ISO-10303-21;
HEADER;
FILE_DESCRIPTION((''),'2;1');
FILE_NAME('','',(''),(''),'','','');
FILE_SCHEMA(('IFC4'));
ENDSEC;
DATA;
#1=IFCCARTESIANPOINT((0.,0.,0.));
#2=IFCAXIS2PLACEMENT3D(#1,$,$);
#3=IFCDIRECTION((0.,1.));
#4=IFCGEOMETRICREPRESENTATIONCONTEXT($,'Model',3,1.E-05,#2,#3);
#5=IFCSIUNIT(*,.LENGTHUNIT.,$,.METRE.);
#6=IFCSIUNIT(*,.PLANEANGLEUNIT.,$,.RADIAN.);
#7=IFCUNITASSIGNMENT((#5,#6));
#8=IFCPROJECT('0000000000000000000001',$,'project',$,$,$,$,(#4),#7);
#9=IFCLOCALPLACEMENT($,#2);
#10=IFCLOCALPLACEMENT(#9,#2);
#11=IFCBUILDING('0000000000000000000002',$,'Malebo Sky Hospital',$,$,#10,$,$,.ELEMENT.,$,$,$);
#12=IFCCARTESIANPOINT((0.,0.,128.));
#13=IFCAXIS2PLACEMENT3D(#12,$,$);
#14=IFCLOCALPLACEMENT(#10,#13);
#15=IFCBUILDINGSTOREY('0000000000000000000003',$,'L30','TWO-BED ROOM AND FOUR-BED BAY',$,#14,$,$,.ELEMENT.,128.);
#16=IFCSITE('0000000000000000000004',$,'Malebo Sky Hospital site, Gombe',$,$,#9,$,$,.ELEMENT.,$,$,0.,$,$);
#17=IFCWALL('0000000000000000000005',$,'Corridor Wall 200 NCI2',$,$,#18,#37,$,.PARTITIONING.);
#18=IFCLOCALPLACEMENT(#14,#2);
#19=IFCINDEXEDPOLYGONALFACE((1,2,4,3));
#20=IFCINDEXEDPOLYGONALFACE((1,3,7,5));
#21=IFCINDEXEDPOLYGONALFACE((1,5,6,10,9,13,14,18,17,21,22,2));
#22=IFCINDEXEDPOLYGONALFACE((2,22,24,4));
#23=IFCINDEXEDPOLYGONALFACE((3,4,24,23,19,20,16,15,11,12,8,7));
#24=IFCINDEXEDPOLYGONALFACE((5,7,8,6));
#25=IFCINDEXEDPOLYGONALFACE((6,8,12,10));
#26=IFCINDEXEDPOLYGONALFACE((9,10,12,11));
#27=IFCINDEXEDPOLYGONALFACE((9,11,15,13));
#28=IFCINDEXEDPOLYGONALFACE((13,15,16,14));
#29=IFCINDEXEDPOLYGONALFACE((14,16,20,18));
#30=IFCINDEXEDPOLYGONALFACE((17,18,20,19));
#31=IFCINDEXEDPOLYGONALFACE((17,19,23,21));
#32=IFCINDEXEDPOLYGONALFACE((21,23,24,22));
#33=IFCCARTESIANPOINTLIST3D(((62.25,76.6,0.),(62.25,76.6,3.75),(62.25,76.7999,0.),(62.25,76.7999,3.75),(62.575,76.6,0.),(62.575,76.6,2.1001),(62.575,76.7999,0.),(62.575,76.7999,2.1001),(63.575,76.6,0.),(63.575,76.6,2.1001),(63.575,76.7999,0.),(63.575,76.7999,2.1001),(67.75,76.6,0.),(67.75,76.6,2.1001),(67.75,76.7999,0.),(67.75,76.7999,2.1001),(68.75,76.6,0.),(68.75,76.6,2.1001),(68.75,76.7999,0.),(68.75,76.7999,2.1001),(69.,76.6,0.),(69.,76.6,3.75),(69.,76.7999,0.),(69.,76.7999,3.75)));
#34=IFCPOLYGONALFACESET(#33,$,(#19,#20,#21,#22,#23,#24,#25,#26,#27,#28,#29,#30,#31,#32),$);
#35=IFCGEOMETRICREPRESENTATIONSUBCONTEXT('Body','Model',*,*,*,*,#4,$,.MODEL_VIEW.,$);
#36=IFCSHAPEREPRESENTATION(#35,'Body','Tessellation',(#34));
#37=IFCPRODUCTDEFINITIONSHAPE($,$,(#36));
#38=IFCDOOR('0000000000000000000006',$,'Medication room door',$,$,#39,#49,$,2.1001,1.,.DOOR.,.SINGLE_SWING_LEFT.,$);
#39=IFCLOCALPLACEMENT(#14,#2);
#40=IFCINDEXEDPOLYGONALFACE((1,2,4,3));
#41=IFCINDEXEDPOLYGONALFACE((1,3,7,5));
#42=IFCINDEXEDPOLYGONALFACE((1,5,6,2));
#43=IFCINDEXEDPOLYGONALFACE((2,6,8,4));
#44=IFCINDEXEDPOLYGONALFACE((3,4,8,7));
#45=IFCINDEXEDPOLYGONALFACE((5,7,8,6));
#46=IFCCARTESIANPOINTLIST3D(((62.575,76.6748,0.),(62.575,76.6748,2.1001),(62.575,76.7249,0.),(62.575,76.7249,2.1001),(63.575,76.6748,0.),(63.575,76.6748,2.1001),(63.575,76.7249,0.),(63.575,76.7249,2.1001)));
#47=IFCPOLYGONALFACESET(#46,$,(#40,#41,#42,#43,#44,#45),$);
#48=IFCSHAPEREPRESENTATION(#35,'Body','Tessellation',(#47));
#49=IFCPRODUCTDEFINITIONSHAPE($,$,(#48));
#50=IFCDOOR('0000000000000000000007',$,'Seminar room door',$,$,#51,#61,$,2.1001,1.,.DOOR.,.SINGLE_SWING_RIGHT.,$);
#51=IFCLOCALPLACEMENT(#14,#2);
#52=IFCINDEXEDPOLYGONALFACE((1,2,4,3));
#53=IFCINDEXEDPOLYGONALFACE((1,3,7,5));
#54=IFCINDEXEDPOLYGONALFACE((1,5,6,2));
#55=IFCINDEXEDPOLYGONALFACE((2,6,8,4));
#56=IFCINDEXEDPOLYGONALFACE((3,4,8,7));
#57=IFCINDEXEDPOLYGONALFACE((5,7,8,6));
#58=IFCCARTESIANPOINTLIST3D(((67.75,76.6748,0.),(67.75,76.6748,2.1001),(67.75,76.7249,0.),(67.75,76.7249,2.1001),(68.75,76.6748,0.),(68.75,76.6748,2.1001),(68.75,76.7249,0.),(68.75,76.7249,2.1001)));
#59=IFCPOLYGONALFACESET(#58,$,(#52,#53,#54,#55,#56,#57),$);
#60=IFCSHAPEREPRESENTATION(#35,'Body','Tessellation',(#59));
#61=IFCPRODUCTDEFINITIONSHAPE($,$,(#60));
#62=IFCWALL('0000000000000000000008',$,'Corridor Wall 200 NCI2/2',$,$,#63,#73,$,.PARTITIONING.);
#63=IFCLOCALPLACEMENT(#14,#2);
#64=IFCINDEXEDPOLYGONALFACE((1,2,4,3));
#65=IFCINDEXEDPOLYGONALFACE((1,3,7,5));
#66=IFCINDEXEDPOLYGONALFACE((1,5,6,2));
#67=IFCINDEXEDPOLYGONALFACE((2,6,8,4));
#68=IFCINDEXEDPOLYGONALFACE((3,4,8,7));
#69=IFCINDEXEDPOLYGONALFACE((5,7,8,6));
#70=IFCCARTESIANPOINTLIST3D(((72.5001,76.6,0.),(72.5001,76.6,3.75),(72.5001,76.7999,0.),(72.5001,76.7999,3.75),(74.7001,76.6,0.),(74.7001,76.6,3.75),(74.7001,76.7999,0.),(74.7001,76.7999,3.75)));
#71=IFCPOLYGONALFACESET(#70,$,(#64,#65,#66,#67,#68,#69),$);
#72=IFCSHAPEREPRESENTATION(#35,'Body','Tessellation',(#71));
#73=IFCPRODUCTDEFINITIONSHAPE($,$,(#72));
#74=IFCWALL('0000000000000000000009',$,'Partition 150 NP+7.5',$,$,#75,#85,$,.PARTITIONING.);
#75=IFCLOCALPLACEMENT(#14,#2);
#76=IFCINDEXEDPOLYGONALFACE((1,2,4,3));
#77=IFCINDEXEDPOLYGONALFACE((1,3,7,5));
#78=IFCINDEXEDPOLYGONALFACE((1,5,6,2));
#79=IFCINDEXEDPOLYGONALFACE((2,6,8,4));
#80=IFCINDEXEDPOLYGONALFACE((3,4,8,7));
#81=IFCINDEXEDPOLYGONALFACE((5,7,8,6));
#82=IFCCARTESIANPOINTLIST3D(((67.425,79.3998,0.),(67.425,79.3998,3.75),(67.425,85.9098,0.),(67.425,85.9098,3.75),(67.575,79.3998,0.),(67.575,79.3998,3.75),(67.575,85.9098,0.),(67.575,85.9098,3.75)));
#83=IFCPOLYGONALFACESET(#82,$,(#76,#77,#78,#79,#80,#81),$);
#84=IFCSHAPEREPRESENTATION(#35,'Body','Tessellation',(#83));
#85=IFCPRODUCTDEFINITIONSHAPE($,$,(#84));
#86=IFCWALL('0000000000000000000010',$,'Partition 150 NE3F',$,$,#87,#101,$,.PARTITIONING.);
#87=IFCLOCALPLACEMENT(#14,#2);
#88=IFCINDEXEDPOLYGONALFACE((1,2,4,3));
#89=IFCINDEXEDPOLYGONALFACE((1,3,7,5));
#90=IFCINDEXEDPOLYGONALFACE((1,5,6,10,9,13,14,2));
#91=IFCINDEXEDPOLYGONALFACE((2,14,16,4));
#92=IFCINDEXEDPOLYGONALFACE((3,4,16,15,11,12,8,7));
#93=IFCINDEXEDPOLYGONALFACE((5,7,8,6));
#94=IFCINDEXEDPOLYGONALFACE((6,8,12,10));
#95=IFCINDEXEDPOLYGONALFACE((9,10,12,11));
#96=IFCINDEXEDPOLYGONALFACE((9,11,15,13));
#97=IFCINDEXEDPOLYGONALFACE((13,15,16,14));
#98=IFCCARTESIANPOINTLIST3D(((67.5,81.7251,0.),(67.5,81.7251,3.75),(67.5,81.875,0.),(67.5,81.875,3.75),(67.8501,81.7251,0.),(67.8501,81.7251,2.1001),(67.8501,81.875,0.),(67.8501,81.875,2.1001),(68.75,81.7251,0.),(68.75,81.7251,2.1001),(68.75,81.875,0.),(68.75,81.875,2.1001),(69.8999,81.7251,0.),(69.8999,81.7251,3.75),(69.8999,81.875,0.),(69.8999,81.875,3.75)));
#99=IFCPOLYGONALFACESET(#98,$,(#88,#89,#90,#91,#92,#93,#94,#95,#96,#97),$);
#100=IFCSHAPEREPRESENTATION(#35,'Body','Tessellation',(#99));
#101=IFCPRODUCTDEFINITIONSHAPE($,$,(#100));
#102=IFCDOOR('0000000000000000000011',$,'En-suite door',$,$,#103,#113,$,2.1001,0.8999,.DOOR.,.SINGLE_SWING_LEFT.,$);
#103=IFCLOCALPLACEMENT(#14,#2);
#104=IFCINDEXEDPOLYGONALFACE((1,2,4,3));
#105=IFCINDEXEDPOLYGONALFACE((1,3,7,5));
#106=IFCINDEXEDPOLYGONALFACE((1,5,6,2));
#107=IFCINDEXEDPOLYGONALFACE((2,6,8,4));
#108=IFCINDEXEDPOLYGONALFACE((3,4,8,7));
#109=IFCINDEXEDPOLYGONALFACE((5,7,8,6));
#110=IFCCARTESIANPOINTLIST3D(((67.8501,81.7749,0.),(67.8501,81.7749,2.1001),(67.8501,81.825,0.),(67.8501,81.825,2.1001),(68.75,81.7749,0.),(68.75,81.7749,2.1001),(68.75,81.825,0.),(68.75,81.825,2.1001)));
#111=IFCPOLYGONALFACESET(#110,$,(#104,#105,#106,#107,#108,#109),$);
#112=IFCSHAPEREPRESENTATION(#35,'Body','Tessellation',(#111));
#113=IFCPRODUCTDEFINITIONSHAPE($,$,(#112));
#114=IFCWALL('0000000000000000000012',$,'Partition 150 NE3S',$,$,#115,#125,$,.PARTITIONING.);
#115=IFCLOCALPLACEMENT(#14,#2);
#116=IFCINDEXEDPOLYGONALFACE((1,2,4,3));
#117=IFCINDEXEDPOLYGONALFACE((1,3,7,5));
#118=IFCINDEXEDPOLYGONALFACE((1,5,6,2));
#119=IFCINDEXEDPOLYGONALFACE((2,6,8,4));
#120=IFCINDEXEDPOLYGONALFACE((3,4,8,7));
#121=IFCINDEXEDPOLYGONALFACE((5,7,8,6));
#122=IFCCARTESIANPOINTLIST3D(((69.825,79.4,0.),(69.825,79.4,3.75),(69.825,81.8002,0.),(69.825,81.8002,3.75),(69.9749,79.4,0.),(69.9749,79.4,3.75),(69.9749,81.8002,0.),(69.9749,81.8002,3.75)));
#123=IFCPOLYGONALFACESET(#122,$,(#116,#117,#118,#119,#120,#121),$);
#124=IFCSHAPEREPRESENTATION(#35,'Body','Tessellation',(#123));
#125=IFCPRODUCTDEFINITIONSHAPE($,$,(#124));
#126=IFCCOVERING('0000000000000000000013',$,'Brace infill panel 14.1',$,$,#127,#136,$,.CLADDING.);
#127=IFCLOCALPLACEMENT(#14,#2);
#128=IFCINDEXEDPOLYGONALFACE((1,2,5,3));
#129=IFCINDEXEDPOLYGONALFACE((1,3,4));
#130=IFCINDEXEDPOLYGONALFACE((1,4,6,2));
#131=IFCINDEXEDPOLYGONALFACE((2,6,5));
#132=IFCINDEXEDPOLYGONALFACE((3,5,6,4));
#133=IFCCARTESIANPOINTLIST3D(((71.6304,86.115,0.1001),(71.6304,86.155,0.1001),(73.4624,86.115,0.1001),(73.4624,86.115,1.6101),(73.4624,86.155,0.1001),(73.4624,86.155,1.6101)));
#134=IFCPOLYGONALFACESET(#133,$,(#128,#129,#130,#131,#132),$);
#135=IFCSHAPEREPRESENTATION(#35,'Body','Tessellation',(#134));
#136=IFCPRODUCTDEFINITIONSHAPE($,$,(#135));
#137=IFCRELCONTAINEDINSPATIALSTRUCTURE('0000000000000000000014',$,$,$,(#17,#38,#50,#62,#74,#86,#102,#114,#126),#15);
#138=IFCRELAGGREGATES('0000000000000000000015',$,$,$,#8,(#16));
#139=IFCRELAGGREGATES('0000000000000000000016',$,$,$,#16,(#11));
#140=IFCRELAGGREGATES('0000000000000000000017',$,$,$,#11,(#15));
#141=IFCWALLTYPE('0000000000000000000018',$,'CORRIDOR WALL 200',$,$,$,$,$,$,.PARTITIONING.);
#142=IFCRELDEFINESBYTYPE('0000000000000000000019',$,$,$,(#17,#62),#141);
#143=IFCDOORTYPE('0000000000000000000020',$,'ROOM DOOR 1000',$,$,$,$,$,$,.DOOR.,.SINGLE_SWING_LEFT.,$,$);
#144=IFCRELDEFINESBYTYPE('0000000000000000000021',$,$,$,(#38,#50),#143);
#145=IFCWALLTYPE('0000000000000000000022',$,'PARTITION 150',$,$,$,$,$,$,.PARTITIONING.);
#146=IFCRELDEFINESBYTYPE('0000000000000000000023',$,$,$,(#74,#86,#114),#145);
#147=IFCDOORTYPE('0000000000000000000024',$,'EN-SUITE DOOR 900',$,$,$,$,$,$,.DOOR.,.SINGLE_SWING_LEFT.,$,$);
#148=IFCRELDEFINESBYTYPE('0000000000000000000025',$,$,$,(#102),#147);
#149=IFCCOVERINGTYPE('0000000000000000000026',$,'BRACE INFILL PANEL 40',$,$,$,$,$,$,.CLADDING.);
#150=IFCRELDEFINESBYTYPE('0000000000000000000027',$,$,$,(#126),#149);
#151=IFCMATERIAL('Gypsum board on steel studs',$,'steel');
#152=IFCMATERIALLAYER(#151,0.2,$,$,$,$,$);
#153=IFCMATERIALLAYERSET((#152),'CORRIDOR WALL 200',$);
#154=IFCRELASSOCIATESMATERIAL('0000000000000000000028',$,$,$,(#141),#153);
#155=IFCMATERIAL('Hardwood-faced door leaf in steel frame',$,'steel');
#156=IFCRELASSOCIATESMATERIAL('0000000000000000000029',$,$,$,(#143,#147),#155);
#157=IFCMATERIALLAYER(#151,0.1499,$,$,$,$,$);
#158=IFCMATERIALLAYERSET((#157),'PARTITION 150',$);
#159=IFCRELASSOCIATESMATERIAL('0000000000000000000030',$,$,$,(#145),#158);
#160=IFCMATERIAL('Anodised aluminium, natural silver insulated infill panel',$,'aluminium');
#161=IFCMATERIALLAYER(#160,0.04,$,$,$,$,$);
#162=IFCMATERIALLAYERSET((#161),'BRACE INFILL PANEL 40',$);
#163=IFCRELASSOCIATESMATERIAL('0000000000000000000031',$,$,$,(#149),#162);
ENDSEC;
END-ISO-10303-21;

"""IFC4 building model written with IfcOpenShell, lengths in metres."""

from ifc_helpers import new_model, si_unit, direction, frame, frame_2d, origin, place, context, subcontext, project, spatial, polyline, rectangle, outline, extrude, material, layer, layer_set, type_object, element, fill, save


model = new_model("IFC4")

# Units and contexts
model_context = context("Model", 3, precision=1e-05, world=origin(), true_north=direction((0.0, 1.0)))
body_context = subcontext(model_context, "Body", "Model", "MODEL_VIEW")
ifc_project = project(units=[si_unit("LENGTHUNIT", "METRE"), si_unit("PLANEANGLEUNIT", "RADIAN")], contexts=[model_context])

# Site, building, storey
site_placement = place(None, origin())
site = spatial("IfcSite", under=ifc_project, at=site_placement, Name="Malebo Sky Hospital site, Gombe", CompositionType="ELEMENT", RefElevation=0.0)
building_placement = place(site_placement, origin())
building = spatial("IfcBuilding", under=site, at=building_placement, Name="Malebo Sky Hospital", CompositionType="ELEMENT")
storey_placement = place(building_placement, frame((0.0, 0.0, 128.0)))
storey = spatial("IfcBuildingStorey", under=building, at=storey_placement, Name="L30", Description="TWO-BED ROOM AND FOUR-BED BAY", CompositionType="ELEMENT", Elevation=128.0)

# Wall, openings, doors
ifc_material_1 = material(Name="Gypsum board on steel studs", Category="steel")
ifc_layer_1 = layer(ifc_material_1, 0.2)
ifc_layer_set_1 = layer_set([ifc_layer_1], Name="CORRIDOR WALL 200")
wall_type_1 = type_object("IfcWallType", Name="CORRIDOR WALL 200", PredefinedType="PARTITIONING", material=ifc_layer_set_1)
wall_1_placement = place(storey_placement, frame((62.25, 76.7, 0.0), z_axis=(0.0, 0.0, 1.0), x_axis=(1.0, 0.0, 0.0)))
wall_1 = element("IfcWall", 1, at=wall_1_placement, inside=storey, type_object=wall_type_1, Name="Corridor Wall 200 NCI2", PredefinedType="PARTITIONING", context=body_context, shape_type="SweptSolid", body=[
    extrude(rectangle(XDim=6.75, YDim=0.2, at=frame_2d((3.375, 0.0))), origin(), (0.0, 0.0, 1.0), 3.75),
])
opening_1_placement = place(wall_1_placement, frame((0.325, 0.0, 0.0)))
opening_1 = element("IfcOpeningElement", 2, at=opening_1_placement, cuts=wall_1, PredefinedType="OPENING", context=body_context, shape_type="SweptSolid", body=[
    extrude(rectangle(XDim=1.0, YDim=2.1001, at=frame_2d((0.5, 1.05))), frame((0.0, 0.1099, 0.0), z_axis=(0.0, -1.0, 0.0), x_axis=(1.0, 0.0, 0.0)), (0.0, 0.0, 1.0), 0.22),
])
opening_2_placement = place(wall_1_placement, frame((5.5, 0.0, 0.0)))
opening_2 = element("IfcOpeningElement", 3, at=opening_2_placement, cuts=wall_1, PredefinedType="OPENING", context=body_context, shape_type="SweptSolid", body=[
    extrude(rectangle(XDim=1.0, YDim=2.1001, at=frame_2d((0.5, 1.05))), frame((0.0, 0.1099, 0.0), z_axis=(0.0, -1.0, 0.0), x_axis=(1.0, 0.0, 0.0)), (0.0, 0.0, 1.0), 0.22),
])
ifc_material_2 = material(Name="Hardwood-faced door leaf in steel frame", Category="steel")
door_type_1 = type_object("IfcDoorType", Name="ROOM DOOR 1000", OperationType="SINGLE_SWING_LEFT", PredefinedType="DOOR", material=ifc_material_2)
door_1_placement = place(opening_1_placement, origin())
door_1 = element("IfcDoor", 4, at=door_1_placement, inside=storey, type_object=door_type_1, Name="Medication room door", OperationType="SINGLE_SWING_LEFT", OverallHeight=2.1001, OverallWidth=1.0, PredefinedType="DOOR", context=body_context, shape_type="SweptSolid", body=[
    extrude(rectangle(XDim=1.0, YDim=2.1001, at=frame_2d((0.5, 1.05))), frame((0.0, 0.0249, 0.0), z_axis=(0.0, -1.0, 0.0), x_axis=(1.0, 0.0, 0.0)), (0.0, 0.0, 1.0), 0.05),
])
fill(opening_1, door_1)
door_2_placement = place(opening_2_placement, origin())
door_2 = element("IfcDoor", 5, at=door_2_placement, inside=storey, type_object=door_type_1, Name="Seminar room door", OperationType="SINGLE_SWING_RIGHT", OverallHeight=2.1001, OverallWidth=1.0, PredefinedType="DOOR", context=body_context, shape_type="SweptSolid", body=[
    extrude(rectangle(XDim=1.0, YDim=2.1001, at=frame_2d((0.5, 1.05))), frame((0.0, 0.0249, 0.0), z_axis=(0.0, -1.0, 0.0), x_axis=(1.0, 0.0, 0.0)), (0.0, 0.0, 1.0), 0.05),
])
fill(opening_2, door_2)

# Walls
wall_2_placement = place(storey_placement, frame((72.5, 76.7, 0.0), z_axis=(0.0, 0.0, 1.0), x_axis=(1.0, 0.0, 0.0)))
element("IfcWall", 6, at=wall_2_placement, inside=storey, type_object=wall_type_1, Name="Corridor Wall 200 NCI2/2", PredefinedType="PARTITIONING", context=body_context, shape_type="SweptSolid", body=[
    extrude(rectangle(XDim=2.2, YDim=0.2, at=frame_2d((1.1001, 0.0))), origin(), (0.0, 0.0, 1.0), 3.75),
])
ifc_layer_2 = layer(ifc_material_1, 0.1499)
ifc_layer_set_2 = layer_set([ifc_layer_2], Name="PARTITION 150")
wall_type_2 = type_object("IfcWallType", Name="PARTITION 150", PredefinedType="PARTITIONING", material=ifc_layer_set_2)
wall_3_placement = place(storey_placement, frame((67.5, 79.3999, 0.0), z_axis=(0.0, 0.0, 1.0), x_axis=(0.0, 1.0, 0.0)))
element("IfcWall", 7, at=wall_3_placement, inside=storey, type_object=wall_type_2, Name="Partition 150 NP+7.5", PredefinedType="PARTITIONING", context=body_context, shape_type="SweptSolid", body=[
    extrude(rectangle(XDim=6.51, YDim=0.1499, at=frame_2d((3.2549, 0.0))), origin(), (0.0, 0.0, 1.0), 3.75),
])

# Wall, opening, door
wall_4_placement = place(storey_placement, frame((67.5, 81.8, 0.0), z_axis=(0.0, 0.0, 1.0), x_axis=(1.0, 0.0, 0.0)))
wall_4 = element("IfcWall", 8, at=wall_4_placement, inside=storey, type_object=wall_type_2, Name="Partition 150 NE3F", PredefinedType="PARTITIONING", context=body_context, shape_type="SweptSolid", body=[
    extrude(rectangle(XDim=2.3999, YDim=0.1499, at=frame_2d((1.2, 0.0))), origin(), (0.0, 0.0, 1.0), 3.75),
])
opening_3_placement = place(wall_4_placement, frame((0.3501, 0.0, 0.0)))
opening_3 = element("IfcOpeningElement", 9, at=opening_3_placement, cuts=wall_4, PredefinedType="OPENING", context=body_context, shape_type="SweptSolid", body=[
    extrude(rectangle(XDim=0.8999, YDim=2.1001, at=frame_2d((0.45, 1.05))), frame((0.0, 0.085, 0.0), z_axis=(0.0, -1.0, 0.0), x_axis=(1.0, 0.0, 0.0)), (0.0, 0.0, 1.0), 0.1699),
])
door_type_2 = type_object("IfcDoorType", Name="EN-SUITE DOOR 900", OperationType="SINGLE_SWING_LEFT", PredefinedType="DOOR", material=ifc_material_2)
door_3_placement = place(opening_3_placement, origin())
door_3 = element("IfcDoor", 10, at=door_3_placement, inside=storey, type_object=door_type_2, Name="En-suite door", OperationType="SINGLE_SWING_LEFT", OverallHeight=2.1001, OverallWidth=0.8999, PredefinedType="DOOR", context=body_context, shape_type="SweptSolid", body=[
    extrude(rectangle(XDim=0.8999, YDim=2.1001, at=frame_2d((0.45, 1.05))), frame((0.0, 0.0249, 0.0), z_axis=(0.0, -1.0, 0.0), x_axis=(1.0, 0.0, 0.0)), (0.0, 0.0, 1.0), 0.05),
])
fill(opening_3, door_3)

# Wall
wall_5_placement = place(storey_placement, frame((69.8999, 79.3999, 0.0), z_axis=(0.0, 0.0, 1.0), x_axis=(0.0, 1.0, 0.0)))
element("IfcWall", 11, at=wall_5_placement, inside=storey, type_object=wall_type_2, Name="Partition 150 NE3S", PredefinedType="PARTITIONING", context=body_context, shape_type="SweptSolid", body=[
    extrude(rectangle(XDim=2.4001, YDim=0.1499, at=frame_2d((1.2002, 0.0))), origin(), (0.0, 0.0, 1.0), 3.75),
])

# Covering
ifc_material_3 = material(Name="Anodised aluminium, natural silver insulated infill panel", Category="aluminium")
ifc_layer_3 = layer(ifc_material_3, 0.04)
ifc_layer_set_3 = layer_set([ifc_layer_3], Name="BRACE INFILL PANEL 40")
covering_type = type_object("IfcCoveringType", Name="BRACE INFILL PANEL 40", PredefinedType="CLADDING", material=ifc_layer_set_3)
covering_placement = place(storey_placement, frame((72.5464, 86.135, 0.1001), z_axis=(0.0, 0.0, 1.0), x_axis=(1.0, 0.0, 0.0)))
element("IfcCovering", 12, at=covering_placement, inside=storey, type_object=covering_type, Name="Brace infill panel 14.1", PredefinedType="CLADDING", context=body_context, shape_type="SweptSolid", body=[
    extrude(outline(polyline([(-0.916, 0.0), (0.916, 0.0), (0.916, 1.51), (-0.916, 0.0)])), frame((0.0, 0.02, 0.0), z_axis=(0.0, -1.0, 0.0), x_axis=(1.0, 0.0, 0.0)), (0.0, 0.0, 1.0), 0.04),
])

save(model, "model.ifc")
